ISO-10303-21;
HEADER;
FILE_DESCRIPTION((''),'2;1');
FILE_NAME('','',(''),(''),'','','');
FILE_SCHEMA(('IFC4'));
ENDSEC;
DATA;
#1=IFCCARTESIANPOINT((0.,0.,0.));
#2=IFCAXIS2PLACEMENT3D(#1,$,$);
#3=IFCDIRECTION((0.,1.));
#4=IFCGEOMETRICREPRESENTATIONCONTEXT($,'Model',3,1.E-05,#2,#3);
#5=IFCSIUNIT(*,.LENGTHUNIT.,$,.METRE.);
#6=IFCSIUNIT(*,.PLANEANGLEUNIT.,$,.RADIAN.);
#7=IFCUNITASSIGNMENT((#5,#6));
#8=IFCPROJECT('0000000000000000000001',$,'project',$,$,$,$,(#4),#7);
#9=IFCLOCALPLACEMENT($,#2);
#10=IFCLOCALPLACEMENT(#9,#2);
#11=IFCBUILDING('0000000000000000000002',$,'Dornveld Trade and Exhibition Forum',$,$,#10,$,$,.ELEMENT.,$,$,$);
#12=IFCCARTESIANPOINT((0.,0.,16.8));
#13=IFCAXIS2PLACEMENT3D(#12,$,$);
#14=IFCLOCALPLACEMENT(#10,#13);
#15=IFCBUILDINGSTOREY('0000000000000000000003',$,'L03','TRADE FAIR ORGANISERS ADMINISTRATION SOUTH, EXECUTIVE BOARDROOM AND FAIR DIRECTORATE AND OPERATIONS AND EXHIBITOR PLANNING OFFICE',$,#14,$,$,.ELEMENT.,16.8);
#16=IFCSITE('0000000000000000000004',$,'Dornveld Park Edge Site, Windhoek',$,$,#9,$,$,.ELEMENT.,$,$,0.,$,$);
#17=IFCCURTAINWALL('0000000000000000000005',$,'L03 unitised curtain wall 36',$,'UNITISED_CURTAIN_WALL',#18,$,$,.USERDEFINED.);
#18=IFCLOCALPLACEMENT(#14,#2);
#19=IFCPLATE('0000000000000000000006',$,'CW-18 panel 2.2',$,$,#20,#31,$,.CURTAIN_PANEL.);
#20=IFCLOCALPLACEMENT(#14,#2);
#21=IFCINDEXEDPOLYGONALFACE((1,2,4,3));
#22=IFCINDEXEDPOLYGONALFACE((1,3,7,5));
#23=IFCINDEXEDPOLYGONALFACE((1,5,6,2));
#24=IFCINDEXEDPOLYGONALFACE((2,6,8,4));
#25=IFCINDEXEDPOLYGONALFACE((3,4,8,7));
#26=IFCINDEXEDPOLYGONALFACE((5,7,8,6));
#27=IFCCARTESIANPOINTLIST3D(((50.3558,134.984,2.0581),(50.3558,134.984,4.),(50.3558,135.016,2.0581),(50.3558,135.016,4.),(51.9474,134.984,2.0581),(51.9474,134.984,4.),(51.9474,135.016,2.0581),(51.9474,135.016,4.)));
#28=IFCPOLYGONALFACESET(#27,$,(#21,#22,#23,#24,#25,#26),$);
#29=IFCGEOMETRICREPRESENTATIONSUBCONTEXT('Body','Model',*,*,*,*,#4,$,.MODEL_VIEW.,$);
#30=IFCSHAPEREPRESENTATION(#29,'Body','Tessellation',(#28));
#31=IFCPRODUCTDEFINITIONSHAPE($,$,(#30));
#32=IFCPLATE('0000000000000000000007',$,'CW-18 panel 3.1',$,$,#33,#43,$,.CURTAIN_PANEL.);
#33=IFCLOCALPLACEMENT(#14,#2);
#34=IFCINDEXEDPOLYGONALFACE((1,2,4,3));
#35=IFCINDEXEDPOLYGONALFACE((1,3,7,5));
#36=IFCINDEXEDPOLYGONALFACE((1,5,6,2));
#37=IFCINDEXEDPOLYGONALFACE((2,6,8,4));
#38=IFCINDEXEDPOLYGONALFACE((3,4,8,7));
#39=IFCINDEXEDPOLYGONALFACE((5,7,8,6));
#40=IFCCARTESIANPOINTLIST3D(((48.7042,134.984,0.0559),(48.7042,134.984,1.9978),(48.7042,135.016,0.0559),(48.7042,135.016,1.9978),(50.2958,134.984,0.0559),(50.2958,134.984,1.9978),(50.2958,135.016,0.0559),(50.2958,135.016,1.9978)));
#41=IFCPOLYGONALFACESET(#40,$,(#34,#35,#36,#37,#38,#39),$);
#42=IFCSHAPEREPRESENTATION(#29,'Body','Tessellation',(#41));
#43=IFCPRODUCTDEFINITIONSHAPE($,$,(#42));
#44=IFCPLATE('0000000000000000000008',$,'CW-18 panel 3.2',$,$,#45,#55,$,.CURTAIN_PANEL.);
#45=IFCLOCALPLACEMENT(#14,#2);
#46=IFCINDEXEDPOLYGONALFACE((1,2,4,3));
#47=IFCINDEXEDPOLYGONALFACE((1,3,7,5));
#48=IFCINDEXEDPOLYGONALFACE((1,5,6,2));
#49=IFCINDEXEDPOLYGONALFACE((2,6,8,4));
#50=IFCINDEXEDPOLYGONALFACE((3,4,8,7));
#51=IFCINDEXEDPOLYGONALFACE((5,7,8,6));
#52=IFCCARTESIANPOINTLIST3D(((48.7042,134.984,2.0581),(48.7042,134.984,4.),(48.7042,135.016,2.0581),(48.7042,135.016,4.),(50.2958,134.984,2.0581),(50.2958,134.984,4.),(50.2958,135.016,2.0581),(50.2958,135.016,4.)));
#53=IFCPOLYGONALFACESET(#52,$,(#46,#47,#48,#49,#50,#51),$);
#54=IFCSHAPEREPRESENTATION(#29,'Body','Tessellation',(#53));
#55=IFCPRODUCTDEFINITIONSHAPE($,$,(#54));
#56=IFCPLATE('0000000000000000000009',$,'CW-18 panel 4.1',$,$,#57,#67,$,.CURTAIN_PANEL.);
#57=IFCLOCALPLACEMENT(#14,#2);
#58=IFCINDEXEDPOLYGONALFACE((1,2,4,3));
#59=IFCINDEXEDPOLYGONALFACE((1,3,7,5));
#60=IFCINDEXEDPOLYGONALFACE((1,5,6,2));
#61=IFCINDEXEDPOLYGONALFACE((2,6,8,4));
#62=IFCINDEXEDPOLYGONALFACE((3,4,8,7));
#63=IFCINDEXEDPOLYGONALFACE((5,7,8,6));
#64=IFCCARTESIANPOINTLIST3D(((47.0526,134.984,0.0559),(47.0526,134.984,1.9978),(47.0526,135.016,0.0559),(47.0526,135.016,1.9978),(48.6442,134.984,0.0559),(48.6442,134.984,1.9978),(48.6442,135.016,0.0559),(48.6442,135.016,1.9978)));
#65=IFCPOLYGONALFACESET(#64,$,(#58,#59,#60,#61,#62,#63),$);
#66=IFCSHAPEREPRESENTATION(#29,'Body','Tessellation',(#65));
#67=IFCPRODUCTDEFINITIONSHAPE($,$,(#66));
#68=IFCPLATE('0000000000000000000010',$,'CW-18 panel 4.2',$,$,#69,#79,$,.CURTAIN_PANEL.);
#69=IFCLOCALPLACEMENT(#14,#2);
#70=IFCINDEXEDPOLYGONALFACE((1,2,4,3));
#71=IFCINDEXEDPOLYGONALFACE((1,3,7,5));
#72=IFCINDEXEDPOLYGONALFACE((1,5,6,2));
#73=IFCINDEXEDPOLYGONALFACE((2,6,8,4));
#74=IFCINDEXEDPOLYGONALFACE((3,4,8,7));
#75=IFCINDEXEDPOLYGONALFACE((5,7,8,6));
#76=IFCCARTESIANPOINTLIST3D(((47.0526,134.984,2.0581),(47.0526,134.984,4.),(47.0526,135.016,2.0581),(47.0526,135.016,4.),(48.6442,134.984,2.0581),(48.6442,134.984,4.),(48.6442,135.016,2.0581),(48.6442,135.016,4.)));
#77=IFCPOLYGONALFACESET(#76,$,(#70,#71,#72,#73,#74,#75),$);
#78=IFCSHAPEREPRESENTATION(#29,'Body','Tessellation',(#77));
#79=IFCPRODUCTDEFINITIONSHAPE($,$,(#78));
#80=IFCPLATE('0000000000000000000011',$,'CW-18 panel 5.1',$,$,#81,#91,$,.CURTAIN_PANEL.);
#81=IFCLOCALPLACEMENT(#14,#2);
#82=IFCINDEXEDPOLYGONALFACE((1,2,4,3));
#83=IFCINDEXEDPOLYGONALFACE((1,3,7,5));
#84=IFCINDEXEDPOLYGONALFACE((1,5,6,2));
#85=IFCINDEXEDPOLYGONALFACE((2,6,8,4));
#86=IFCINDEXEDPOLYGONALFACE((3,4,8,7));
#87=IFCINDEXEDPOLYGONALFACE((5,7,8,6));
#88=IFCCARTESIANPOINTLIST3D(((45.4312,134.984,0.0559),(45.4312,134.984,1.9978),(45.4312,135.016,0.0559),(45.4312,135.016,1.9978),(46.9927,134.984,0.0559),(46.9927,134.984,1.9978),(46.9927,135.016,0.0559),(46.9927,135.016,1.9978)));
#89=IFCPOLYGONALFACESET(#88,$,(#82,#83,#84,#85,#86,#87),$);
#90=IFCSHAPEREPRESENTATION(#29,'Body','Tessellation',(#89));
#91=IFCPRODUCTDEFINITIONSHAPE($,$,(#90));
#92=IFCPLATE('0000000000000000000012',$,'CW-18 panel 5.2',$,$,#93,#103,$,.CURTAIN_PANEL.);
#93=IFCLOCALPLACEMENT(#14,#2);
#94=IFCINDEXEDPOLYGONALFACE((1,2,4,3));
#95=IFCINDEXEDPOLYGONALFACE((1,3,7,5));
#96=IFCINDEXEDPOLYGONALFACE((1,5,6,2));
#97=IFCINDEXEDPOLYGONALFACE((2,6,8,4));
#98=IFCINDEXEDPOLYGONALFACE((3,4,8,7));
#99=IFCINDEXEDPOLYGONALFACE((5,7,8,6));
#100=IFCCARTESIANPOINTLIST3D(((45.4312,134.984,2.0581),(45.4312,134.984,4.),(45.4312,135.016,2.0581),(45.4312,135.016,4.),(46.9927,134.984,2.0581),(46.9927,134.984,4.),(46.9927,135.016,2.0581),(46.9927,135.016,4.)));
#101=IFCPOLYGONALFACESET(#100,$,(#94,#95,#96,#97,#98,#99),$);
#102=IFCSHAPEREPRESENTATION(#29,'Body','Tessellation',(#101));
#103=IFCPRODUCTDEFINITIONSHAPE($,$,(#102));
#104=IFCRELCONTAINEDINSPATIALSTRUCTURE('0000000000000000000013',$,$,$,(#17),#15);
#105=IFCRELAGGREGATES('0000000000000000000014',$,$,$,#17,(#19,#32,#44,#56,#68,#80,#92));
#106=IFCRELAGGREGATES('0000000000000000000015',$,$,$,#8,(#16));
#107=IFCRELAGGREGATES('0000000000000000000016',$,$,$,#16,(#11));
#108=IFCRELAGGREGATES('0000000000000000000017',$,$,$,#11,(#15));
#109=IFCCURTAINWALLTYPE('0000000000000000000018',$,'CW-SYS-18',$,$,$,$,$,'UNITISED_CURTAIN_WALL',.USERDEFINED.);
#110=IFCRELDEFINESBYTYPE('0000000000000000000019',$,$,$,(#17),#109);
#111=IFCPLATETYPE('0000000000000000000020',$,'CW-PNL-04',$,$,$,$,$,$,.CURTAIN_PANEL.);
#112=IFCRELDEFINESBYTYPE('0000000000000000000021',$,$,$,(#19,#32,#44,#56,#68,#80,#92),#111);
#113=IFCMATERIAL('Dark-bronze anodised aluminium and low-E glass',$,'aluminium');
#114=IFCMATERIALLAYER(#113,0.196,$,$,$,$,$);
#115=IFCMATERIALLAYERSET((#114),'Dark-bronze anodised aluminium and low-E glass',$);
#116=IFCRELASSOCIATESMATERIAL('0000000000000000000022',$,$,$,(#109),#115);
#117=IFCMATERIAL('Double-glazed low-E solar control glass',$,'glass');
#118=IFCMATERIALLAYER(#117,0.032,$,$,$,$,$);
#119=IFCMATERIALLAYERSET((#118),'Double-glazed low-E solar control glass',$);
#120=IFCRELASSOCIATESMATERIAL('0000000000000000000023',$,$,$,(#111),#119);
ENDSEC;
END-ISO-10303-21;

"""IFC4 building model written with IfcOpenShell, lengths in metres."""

from ifc_helpers import new_model, si_unit, direction, frame, origin, origin_2d, place, context, subcontext, project, spatial, rectangle, extrude, material, layer, layer_set, type_object, element, aggregate, save


model = new_model("IFC4")

# Units and contexts
model_context = context("Model", 3, precision=1e-05, world=origin(), true_north=direction((0.0, 1.0)))
body_context = subcontext(model_context, "Body", "Model", "MODEL_VIEW")
ifc_project = project(units=[si_unit("LENGTHUNIT", "METRE"), si_unit("PLANEANGLEUNIT", "RADIAN")], contexts=[model_context])

# Site, building, storey
site_placement = place(None, origin())
site = spatial("IfcSite", under=ifc_project, at=site_placement, Name="Dornveld Park Edge Site, Windhoek", CompositionType="ELEMENT", RefElevation=0.0)
building_placement = place(site_placement, origin())
building = spatial("IfcBuilding", under=site, at=building_placement, Name="Dornveld Trade and Exhibition Forum", CompositionType="ELEMENT")
storey_placement = place(building_placement, frame((0.0, 0.0, 16.8)))
storey = spatial("IfcBuildingStorey", under=building, at=storey_placement, Name="L03", Description="TRADE FAIR ORGANISERS ADMINISTRATION SOUTH, EXECUTIVE BOARDROOM AND FAIR DIRECTORATE AND OPERATIONS AND EXHIBITOR PLANNING OFFICE", CompositionType="ELEMENT", Elevation=16.8)

# Curtain wall
ifc_material_1 = material(Name="Dark-bronze anodised aluminium and low-E glass", Category="aluminium")
ifc_layer_1 = layer(ifc_material_1, 0.196)
ifc_layer_set_1 = layer_set([ifc_layer_1], Name="Dark-bronze anodised aluminium and low-E glass")
curtain_wall_type_1 = type_object("IfcCurtainWallType", Name="CW-SYS-18", ElementType="UNITISED_CURTAIN_WALL", PredefinedType="USERDEFINED", material=ifc_layer_set_1)
curtain_wall_1_placement = place(storey_placement, origin())
curtain_wall_1 = element("IfcCurtainWall", 1, at=curtain_wall_1_placement, inside=storey, type_object=curtain_wall_type_1, Name="L03 unitised curtain wall 36", ObjectType="UNITISED_CURTAIN_WALL", PredefinedType="USERDEFINED")

# Plates
ifc_material_2 = material(Name="Double-glazed low-E solar control glass", Category="glass")
ifc_layer_2 = layer(ifc_material_2, 0.032)
ifc_layer_set_2 = layer_set([ifc_layer_2], Name="Double-glazed low-E solar control glass")
plate_type = type_object("IfcPlateType", Name="CW-PNL-04", PredefinedType="CURTAIN_PANEL", material=ifc_layer_set_2)
plate_1_placement = place(storey_placement, frame((51.1516, 135.0, 2.0581), z_axis=(0.0, 0.0, 1.0), x_axis=(-1.0, 0.0, 0.0)))
plate_1 = element("IfcPlate", 2, at=plate_1_placement, type_object=plate_type, Name="CW-18 panel 2.2", PredefinedType="CURTAIN_PANEL", context=body_context, shape_type="SweptSolid", body=[
    extrude(rectangle(XDim=1.5916, YDim=0.032, at=origin_2d()), origin(), (0.0, 0.0, 1.0), 1.9419),
])
plate_2_placement = place(storey_placement, frame((49.5, 135.0, 0.0559), z_axis=(0.0, 0.0, 1.0), x_axis=(-1.0, 0.0, 0.0)))
plate_2 = element("IfcPlate", 3, at=plate_2_placement, type_object=plate_type, Name="CW-18 panel 3.1", PredefinedType="CURTAIN_PANEL", context=body_context, shape_type="SweptSolid", body=[
    extrude(rectangle(XDim=1.5916, YDim=0.032, at=origin_2d()), origin(), (0.0, 0.0, 1.0), 1.9419),
])
plate_3_placement = place(storey_placement, frame((49.5, 135.0, 2.0581), z_axis=(0.0, 0.0, 1.0), x_axis=(-1.0, 0.0, 0.0)))
plate_3 = element("IfcPlate", 4, at=plate_3_placement, type_object=plate_type, Name="CW-18 panel 3.2", PredefinedType="CURTAIN_PANEL", context=body_context, shape_type="SweptSolid", body=[
    extrude(rectangle(XDim=1.5916, YDim=0.032, at=origin_2d()), origin(), (0.0, 0.0, 1.0), 1.9419),
])
plate_4_placement = place(storey_placement, frame((47.8484, 135.0, 0.0559), z_axis=(0.0, 0.0, 1.0), x_axis=(-1.0, 0.0, 0.0)))
plate_4 = element("IfcPlate", 5, at=plate_4_placement, type_object=plate_type, Name="CW-18 panel 4.1", PredefinedType="CURTAIN_PANEL", context=body_context, shape_type="SweptSolid", body=[
    extrude(rectangle(XDim=1.5916, YDim=0.032, at=origin_2d()), origin(), (0.0, 0.0, 1.0), 1.9419),
])
plate_5_placement = place(storey_placement, frame((47.8484, 135.0, 2.0581), z_axis=(0.0, 0.0, 1.0), x_axis=(-1.0, 0.0, 0.0)))
plate_5 = element("IfcPlate", 6, at=plate_5_placement, type_object=plate_type, Name="CW-18 panel 4.2", PredefinedType="CURTAIN_PANEL", context=body_context, shape_type="SweptSolid", body=[
    extrude(rectangle(XDim=1.5916, YDim=0.032, at=origin_2d()), origin(), (0.0, 0.0, 1.0), 1.9419),
])
plate_6_placement = place(storey_placement, frame((46.2119, 135.0, 0.0559), z_axis=(0.0, 0.0, 1.0), x_axis=(-1.0, 0.0, 0.0)))
plate_6 = element("IfcPlate", 7, at=plate_6_placement, type_object=plate_type, Name="CW-18 panel 5.1", PredefinedType="CURTAIN_PANEL", context=body_context, shape_type="SweptSolid", body=[
    extrude(rectangle(XDim=1.5615, YDim=0.032, at=origin_2d()), origin(), (0.0, 0.0, 1.0), 1.9419),
])
plate_7_placement = place(storey_placement, frame((46.2119, 135.0, 2.0581), z_axis=(0.0, 0.0, 1.0), x_axis=(-1.0, 0.0, 0.0)))
plate_7 = element("IfcPlate", 8, at=plate_7_placement, type_object=plate_type, Name="CW-18 panel 5.2", PredefinedType="CURTAIN_PANEL", context=body_context, shape_type="SweptSolid", body=[
    extrude(rectangle(XDim=1.5615, YDim=0.032, at=origin_2d()), origin(), (0.0, 0.0, 1.0), 1.9419),
])
aggregate(curtain_wall_1, [plate_1, plate_2, plate_3, plate_4, plate_5, plate_6, plate_7])

save(model, "model.ifc")
